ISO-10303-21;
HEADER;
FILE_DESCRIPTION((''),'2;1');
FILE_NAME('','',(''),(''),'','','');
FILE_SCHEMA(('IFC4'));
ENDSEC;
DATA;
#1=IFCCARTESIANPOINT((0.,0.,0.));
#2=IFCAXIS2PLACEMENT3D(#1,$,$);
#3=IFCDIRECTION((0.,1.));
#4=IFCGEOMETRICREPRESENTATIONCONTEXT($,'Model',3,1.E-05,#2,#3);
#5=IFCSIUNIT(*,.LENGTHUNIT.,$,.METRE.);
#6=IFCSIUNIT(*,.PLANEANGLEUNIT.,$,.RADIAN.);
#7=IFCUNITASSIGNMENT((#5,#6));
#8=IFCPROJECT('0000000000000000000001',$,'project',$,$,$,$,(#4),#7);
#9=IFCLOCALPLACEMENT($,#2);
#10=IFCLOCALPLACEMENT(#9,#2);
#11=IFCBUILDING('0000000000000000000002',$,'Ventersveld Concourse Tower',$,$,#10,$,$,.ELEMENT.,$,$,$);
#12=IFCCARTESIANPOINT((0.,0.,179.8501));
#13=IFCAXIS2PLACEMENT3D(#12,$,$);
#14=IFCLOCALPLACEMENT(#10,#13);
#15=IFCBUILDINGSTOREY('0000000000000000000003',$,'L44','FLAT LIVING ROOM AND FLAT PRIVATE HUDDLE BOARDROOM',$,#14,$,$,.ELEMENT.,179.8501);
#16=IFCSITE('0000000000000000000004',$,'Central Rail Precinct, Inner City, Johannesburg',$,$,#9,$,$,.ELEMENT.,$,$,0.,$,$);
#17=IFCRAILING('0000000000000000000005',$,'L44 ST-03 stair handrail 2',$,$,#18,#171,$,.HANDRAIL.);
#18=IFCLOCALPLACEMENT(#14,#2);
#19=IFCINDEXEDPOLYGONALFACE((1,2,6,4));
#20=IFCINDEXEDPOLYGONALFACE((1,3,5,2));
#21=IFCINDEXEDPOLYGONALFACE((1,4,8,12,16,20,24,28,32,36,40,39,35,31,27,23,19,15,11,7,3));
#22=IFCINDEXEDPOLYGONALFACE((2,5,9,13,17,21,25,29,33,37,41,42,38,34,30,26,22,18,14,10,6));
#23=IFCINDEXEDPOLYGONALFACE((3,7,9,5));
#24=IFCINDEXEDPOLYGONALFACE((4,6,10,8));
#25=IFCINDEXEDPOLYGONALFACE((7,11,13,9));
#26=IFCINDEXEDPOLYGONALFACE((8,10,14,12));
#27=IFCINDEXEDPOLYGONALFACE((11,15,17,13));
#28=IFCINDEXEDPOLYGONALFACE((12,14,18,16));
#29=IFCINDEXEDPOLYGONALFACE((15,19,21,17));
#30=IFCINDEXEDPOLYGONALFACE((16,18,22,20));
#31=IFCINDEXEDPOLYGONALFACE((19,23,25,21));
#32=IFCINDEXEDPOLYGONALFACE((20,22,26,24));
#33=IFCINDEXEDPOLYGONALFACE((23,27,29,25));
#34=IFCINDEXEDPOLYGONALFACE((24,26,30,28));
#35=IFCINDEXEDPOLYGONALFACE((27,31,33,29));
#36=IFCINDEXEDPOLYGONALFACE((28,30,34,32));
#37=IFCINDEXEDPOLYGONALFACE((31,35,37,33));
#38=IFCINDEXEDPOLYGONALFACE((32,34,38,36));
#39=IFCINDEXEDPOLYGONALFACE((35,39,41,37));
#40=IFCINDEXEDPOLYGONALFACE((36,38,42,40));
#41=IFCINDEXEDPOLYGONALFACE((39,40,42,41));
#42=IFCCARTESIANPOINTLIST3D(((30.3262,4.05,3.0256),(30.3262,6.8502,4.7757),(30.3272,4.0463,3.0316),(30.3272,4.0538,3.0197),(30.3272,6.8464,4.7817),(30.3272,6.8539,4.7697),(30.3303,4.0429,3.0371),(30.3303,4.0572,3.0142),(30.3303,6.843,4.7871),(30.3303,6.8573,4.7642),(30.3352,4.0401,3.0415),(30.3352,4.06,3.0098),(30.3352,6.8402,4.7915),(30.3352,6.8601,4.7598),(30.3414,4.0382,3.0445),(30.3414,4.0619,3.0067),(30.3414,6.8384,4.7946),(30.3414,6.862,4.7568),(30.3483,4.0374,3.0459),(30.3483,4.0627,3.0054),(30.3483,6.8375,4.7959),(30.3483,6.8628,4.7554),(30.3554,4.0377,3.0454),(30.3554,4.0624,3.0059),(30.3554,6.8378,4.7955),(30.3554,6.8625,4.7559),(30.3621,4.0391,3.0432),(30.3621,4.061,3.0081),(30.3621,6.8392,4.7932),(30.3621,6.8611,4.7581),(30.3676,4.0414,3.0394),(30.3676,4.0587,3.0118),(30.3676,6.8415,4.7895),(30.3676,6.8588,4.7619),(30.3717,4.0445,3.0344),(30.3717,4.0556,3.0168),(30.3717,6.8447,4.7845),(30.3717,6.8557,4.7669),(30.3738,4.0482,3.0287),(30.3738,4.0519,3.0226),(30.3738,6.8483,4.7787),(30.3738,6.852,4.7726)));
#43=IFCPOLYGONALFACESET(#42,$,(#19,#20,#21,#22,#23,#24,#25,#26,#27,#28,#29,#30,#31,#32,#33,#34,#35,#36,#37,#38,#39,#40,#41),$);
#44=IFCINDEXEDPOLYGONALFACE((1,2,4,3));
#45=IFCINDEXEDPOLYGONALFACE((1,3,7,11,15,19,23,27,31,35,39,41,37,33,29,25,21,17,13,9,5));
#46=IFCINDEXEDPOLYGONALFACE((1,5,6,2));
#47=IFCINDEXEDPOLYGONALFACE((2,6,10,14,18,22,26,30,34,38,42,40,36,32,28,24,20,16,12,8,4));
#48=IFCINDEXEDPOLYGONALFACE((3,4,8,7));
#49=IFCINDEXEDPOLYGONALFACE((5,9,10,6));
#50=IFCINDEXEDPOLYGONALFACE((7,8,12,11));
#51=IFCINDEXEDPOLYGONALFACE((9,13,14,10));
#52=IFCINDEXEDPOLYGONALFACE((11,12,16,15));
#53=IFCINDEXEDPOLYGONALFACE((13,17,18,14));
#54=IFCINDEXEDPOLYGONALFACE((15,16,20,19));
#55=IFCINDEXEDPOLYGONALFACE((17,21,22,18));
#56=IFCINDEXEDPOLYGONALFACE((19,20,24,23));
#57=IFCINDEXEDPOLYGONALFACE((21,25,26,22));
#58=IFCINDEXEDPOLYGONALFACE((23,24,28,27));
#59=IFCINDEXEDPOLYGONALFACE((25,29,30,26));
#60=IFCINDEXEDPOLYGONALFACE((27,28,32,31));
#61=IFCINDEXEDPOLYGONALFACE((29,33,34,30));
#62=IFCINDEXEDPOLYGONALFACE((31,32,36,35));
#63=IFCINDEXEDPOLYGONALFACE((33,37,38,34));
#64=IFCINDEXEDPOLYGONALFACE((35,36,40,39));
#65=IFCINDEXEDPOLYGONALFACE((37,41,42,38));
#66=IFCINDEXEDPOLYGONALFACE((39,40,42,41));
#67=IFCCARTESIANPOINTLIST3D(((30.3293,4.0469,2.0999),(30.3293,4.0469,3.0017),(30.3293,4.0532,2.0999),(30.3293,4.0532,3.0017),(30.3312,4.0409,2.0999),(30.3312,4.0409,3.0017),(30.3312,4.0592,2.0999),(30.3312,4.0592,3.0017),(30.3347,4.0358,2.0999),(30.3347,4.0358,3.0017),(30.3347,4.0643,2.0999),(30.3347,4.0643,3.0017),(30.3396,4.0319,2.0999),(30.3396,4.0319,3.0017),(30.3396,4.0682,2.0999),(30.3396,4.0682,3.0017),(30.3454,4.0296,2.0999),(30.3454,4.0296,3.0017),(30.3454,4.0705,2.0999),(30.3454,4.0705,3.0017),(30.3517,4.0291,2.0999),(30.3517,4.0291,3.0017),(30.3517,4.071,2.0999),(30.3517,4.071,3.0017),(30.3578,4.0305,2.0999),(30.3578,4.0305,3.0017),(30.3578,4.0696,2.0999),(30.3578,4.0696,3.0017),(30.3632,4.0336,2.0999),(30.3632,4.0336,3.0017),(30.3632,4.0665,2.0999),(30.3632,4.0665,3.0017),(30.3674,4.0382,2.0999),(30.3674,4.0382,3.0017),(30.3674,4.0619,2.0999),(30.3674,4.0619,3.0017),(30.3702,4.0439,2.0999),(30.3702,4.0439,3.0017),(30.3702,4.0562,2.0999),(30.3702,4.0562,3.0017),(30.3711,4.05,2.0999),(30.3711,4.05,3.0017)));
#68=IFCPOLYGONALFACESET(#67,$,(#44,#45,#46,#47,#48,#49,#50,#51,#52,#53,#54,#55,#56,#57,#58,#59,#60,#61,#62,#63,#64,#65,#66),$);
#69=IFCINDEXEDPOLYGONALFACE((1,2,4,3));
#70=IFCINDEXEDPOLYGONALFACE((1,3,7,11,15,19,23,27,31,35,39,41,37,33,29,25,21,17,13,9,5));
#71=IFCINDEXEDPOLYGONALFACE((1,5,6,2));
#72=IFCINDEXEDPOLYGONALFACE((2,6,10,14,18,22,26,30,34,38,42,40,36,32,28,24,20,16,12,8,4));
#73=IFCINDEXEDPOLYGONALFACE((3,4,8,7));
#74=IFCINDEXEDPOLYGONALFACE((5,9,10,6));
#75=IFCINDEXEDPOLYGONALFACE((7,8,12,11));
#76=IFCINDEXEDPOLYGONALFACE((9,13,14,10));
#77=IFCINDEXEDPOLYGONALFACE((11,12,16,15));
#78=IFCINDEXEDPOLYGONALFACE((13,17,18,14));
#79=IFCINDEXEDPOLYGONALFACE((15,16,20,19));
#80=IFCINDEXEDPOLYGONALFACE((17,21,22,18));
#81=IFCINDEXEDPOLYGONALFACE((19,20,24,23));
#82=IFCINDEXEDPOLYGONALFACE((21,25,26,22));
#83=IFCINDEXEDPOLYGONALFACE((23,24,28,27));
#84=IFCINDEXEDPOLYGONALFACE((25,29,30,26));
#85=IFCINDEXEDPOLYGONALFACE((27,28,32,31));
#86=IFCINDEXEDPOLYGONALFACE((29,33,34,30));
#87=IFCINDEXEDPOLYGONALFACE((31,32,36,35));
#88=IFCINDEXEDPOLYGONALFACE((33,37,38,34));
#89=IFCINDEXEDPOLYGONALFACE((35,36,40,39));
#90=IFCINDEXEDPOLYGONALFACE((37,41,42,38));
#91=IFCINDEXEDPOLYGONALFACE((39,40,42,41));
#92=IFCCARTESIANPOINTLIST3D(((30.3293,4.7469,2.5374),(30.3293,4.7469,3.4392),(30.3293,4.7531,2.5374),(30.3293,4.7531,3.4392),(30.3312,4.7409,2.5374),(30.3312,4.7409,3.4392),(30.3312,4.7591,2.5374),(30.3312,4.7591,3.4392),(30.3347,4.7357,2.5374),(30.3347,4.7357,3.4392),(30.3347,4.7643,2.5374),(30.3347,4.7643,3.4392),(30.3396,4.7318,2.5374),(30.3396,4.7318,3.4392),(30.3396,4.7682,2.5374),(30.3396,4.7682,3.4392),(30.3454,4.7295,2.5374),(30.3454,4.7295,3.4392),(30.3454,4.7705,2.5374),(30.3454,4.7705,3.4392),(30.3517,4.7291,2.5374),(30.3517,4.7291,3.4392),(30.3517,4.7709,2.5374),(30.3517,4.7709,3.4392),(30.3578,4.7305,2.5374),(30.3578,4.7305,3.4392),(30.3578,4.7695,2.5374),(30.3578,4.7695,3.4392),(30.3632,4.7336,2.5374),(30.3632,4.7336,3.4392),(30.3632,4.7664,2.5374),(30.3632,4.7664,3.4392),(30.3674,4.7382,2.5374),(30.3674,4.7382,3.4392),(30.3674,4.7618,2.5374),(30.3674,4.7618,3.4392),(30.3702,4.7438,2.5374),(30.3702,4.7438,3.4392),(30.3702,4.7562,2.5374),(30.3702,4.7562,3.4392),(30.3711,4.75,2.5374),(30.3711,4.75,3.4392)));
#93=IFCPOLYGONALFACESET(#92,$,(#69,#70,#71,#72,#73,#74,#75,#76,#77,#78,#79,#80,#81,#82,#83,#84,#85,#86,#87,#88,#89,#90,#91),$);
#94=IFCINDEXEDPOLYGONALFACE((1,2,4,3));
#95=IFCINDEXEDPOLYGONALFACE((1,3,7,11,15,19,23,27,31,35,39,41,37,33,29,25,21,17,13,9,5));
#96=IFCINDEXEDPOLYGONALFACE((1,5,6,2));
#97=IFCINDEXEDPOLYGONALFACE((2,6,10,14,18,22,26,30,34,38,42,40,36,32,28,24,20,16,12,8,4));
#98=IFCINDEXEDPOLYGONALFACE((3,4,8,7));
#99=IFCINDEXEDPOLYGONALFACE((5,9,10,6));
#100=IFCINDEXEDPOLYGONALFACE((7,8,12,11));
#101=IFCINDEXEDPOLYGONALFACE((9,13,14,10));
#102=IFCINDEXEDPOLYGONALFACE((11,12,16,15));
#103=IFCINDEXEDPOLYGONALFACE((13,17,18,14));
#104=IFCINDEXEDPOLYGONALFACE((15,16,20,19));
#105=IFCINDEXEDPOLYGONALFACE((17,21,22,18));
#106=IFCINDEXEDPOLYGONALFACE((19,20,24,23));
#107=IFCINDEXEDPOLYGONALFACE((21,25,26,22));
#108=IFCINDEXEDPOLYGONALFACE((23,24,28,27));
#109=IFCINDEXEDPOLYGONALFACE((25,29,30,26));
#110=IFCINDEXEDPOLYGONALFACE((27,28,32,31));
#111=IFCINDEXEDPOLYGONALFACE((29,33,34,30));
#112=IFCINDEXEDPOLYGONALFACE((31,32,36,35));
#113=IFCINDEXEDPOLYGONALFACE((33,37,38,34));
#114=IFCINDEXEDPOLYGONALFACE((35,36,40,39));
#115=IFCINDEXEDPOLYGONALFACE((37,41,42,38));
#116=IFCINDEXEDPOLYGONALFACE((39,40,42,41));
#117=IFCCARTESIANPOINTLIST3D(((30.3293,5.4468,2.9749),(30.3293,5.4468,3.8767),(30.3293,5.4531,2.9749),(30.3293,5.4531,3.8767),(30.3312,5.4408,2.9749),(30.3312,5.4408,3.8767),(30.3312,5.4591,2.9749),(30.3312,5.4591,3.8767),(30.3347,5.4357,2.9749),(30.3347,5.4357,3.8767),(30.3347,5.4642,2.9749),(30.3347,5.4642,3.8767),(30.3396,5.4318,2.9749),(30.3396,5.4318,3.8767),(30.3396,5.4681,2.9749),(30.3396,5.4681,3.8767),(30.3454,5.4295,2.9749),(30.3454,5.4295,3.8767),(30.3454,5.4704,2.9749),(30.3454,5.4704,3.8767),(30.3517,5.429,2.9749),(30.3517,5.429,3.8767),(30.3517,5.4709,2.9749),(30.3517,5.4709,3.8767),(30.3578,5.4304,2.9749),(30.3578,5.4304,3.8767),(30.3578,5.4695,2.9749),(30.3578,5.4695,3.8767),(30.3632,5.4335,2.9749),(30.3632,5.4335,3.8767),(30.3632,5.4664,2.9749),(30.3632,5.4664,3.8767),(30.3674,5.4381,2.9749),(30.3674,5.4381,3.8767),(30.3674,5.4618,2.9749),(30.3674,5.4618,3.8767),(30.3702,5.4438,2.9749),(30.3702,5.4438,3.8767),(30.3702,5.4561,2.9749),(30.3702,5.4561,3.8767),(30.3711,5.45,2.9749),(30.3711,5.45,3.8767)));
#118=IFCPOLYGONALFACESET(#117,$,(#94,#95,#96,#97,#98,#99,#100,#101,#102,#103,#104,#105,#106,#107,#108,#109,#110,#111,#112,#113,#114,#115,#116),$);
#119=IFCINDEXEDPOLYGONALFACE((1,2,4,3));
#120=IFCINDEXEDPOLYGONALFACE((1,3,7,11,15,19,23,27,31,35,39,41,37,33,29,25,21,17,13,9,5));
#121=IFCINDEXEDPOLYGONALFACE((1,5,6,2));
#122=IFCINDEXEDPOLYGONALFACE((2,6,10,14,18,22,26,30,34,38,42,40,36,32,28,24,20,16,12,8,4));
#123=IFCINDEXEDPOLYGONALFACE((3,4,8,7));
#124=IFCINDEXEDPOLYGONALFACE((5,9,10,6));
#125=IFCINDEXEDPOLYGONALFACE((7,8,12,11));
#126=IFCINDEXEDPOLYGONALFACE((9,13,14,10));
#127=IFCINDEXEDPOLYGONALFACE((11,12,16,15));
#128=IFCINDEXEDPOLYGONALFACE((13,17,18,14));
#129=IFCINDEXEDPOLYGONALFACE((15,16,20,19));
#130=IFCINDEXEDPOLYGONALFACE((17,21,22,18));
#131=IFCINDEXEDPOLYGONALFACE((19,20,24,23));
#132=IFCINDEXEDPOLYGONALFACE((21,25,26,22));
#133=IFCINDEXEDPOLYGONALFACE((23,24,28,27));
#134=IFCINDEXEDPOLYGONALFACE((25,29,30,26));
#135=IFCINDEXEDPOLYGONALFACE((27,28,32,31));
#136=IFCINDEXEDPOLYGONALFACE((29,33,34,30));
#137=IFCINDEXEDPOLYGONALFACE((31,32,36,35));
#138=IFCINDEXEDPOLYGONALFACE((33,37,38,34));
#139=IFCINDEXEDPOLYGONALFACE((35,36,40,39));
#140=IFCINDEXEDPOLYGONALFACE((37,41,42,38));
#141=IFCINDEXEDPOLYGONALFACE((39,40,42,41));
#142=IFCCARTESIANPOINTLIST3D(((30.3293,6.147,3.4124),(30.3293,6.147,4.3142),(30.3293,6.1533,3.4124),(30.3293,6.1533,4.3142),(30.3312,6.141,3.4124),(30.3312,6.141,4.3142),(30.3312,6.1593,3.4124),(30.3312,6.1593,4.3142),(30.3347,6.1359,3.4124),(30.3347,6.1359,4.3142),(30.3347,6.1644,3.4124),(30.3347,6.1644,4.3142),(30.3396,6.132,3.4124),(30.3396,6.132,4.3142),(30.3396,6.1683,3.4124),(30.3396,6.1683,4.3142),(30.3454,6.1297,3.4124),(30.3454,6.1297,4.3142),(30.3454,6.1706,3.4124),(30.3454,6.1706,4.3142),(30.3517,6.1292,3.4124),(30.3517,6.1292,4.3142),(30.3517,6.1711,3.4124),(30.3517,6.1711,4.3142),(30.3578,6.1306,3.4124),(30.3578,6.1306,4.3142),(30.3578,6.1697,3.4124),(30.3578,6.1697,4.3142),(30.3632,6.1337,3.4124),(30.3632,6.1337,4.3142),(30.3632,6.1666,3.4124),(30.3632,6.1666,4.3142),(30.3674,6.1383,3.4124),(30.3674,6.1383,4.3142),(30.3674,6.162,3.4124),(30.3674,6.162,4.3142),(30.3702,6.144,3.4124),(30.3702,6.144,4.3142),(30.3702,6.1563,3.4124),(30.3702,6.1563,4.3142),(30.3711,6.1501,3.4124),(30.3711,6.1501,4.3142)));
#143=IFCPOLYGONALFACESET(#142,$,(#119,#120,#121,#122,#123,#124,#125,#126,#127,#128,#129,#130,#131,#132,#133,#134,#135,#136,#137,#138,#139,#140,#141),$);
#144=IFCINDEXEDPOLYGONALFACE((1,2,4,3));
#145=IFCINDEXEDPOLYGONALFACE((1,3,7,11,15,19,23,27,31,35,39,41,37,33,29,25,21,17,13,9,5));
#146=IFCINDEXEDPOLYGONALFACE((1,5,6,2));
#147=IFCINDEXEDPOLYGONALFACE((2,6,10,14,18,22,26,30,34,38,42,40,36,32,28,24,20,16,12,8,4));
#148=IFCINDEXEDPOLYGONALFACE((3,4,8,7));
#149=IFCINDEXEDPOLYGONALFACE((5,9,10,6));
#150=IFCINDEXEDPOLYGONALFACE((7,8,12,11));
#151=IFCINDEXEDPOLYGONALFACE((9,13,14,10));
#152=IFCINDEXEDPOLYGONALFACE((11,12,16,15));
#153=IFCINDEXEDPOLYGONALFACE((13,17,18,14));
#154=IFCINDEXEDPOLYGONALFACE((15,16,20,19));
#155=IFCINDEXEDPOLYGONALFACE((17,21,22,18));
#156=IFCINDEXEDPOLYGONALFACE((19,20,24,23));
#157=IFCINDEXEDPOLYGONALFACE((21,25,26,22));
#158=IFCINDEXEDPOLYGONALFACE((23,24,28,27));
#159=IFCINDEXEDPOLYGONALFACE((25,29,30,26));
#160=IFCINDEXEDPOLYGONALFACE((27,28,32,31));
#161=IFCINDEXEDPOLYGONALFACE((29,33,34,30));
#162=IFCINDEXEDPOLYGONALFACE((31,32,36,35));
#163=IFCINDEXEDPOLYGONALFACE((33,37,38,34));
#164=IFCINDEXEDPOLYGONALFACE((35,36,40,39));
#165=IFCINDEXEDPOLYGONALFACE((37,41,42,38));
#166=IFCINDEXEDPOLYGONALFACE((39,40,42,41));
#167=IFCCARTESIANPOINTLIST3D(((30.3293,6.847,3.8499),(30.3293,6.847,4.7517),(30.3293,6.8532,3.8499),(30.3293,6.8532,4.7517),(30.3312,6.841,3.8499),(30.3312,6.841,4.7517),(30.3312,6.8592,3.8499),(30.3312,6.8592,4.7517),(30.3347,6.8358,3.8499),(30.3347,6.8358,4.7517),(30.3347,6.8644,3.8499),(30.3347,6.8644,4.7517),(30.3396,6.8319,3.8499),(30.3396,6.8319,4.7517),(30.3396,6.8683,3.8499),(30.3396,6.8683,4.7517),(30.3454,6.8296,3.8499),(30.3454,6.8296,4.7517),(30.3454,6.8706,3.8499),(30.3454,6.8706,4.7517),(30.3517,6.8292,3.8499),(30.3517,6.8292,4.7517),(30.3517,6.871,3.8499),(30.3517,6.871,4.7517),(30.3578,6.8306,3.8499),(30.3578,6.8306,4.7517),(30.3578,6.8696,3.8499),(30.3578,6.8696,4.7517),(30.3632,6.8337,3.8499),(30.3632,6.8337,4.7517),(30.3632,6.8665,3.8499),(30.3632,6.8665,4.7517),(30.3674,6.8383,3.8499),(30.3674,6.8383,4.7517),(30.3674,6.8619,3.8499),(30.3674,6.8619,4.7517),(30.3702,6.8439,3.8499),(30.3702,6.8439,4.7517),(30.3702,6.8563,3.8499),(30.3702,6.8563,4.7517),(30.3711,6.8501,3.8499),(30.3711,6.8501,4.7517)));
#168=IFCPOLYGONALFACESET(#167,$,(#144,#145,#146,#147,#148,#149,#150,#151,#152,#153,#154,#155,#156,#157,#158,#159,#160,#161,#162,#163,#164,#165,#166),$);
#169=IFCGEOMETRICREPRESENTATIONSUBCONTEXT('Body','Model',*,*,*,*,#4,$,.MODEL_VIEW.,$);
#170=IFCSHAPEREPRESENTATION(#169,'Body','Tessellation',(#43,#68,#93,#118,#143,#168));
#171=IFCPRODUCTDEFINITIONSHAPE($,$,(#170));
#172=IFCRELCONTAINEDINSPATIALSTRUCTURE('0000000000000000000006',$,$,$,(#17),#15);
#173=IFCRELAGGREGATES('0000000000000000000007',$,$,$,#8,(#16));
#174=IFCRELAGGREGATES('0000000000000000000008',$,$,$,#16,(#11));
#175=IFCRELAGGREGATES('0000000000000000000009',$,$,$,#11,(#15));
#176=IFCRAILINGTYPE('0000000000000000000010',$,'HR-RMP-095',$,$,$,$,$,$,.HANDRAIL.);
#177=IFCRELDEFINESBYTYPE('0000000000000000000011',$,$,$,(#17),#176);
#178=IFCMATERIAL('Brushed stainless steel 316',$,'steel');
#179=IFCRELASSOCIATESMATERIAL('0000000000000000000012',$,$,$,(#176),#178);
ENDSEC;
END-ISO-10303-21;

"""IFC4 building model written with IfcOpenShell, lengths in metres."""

from ifc_helpers import new_model, si_unit, direction, frame, origin, origin_2d, place, context, subcontext, project, spatial, circle, extrude, material, type_object, element, save


model = new_model("IFC4")

# Units and contexts
model_context = context("Model", 3, precision=1e-05, world=origin(), true_north=direction((0.0, 1.0)))
body_context = subcontext(model_context, "Body", "Model", "MODEL_VIEW")
ifc_project = project(units=[si_unit("LENGTHUNIT", "METRE"), si_unit("PLANEANGLEUNIT", "RADIAN")], contexts=[model_context])

# Site, building, storey
site_placement = place(None, origin())
site = spatial("IfcSite", under=ifc_project, at=site_placement, Name="Central Rail Precinct, Inner City, Johannesburg", CompositionType="ELEMENT", RefElevation=0.0)
building_placement = place(site_placement, origin())
building = spatial("IfcBuilding", under=site, at=building_placement, Name="Ventersveld Concourse Tower", CompositionType="ELEMENT")
storey_placement = place(building_placement, frame((0.0, 0.0, 179.8501)))
storey = spatial("IfcBuildingStorey", under=building, at=storey_placement, Name="L44", Description="FLAT LIVING ROOM AND FLAT PRIVATE HUDDLE BOARDROOM", CompositionType="ELEMENT", Elevation=179.8501)

# Shared definitions
ifc_material_1 = material(Name="Brushed stainless steel 316", Category="steel")

# Railing
railing_type_1 = type_object("IfcRailingType", Name="HR-RMP-095", PredefinedType="HANDRAIL", material=ifc_material_1)
railing_1_placement = place(storey_placement, frame((30.3501, 4.05, 2.0999)))
element("IfcRailing", 1, at=railing_1_placement, inside=storey, type_object=railing_type_1, Name="L44 ST-03 stair handrail 2", PredefinedType="HANDRAIL", context=body_context, shape_type="SweptSolid", body=[
    extrude(circle(Radius=0.0239, at=origin_2d()), frame((0.0, 0.0, 0.9258), z_axis=(0.0, 0.848002, 0.529992), x_axis=(-1.0, 0.0, 0.0)), (0.0, 0.0, 1.0), 3.302),
    extrude(circle(Radius=0.021, at=origin_2d()), origin(), (0.0, 0.0, 1.0), 0.9019),
    extrude(circle(Radius=0.021, at=origin_2d()), frame((0.0, 0.7, 0.4375)), (0.0, 0.0, 1.0), 0.9019),
    extrude(circle(Radius=0.021, at=origin_2d()), frame((0.0, 1.3999, 0.875)), (0.0, 0.0, 1.0), 0.9019),
    extrude(circle(Radius=0.021, at=origin_2d()), frame((0.0, 2.1001, 1.3125)), (0.0, 0.0, 1.0), 0.9019),
    extrude(circle(Radius=0.021, at=origin_2d()), frame((0.0, 2.8, 1.75)), (0.0, 0.0, 1.0), 0.9019),
])

save(model, "model.ifc")
